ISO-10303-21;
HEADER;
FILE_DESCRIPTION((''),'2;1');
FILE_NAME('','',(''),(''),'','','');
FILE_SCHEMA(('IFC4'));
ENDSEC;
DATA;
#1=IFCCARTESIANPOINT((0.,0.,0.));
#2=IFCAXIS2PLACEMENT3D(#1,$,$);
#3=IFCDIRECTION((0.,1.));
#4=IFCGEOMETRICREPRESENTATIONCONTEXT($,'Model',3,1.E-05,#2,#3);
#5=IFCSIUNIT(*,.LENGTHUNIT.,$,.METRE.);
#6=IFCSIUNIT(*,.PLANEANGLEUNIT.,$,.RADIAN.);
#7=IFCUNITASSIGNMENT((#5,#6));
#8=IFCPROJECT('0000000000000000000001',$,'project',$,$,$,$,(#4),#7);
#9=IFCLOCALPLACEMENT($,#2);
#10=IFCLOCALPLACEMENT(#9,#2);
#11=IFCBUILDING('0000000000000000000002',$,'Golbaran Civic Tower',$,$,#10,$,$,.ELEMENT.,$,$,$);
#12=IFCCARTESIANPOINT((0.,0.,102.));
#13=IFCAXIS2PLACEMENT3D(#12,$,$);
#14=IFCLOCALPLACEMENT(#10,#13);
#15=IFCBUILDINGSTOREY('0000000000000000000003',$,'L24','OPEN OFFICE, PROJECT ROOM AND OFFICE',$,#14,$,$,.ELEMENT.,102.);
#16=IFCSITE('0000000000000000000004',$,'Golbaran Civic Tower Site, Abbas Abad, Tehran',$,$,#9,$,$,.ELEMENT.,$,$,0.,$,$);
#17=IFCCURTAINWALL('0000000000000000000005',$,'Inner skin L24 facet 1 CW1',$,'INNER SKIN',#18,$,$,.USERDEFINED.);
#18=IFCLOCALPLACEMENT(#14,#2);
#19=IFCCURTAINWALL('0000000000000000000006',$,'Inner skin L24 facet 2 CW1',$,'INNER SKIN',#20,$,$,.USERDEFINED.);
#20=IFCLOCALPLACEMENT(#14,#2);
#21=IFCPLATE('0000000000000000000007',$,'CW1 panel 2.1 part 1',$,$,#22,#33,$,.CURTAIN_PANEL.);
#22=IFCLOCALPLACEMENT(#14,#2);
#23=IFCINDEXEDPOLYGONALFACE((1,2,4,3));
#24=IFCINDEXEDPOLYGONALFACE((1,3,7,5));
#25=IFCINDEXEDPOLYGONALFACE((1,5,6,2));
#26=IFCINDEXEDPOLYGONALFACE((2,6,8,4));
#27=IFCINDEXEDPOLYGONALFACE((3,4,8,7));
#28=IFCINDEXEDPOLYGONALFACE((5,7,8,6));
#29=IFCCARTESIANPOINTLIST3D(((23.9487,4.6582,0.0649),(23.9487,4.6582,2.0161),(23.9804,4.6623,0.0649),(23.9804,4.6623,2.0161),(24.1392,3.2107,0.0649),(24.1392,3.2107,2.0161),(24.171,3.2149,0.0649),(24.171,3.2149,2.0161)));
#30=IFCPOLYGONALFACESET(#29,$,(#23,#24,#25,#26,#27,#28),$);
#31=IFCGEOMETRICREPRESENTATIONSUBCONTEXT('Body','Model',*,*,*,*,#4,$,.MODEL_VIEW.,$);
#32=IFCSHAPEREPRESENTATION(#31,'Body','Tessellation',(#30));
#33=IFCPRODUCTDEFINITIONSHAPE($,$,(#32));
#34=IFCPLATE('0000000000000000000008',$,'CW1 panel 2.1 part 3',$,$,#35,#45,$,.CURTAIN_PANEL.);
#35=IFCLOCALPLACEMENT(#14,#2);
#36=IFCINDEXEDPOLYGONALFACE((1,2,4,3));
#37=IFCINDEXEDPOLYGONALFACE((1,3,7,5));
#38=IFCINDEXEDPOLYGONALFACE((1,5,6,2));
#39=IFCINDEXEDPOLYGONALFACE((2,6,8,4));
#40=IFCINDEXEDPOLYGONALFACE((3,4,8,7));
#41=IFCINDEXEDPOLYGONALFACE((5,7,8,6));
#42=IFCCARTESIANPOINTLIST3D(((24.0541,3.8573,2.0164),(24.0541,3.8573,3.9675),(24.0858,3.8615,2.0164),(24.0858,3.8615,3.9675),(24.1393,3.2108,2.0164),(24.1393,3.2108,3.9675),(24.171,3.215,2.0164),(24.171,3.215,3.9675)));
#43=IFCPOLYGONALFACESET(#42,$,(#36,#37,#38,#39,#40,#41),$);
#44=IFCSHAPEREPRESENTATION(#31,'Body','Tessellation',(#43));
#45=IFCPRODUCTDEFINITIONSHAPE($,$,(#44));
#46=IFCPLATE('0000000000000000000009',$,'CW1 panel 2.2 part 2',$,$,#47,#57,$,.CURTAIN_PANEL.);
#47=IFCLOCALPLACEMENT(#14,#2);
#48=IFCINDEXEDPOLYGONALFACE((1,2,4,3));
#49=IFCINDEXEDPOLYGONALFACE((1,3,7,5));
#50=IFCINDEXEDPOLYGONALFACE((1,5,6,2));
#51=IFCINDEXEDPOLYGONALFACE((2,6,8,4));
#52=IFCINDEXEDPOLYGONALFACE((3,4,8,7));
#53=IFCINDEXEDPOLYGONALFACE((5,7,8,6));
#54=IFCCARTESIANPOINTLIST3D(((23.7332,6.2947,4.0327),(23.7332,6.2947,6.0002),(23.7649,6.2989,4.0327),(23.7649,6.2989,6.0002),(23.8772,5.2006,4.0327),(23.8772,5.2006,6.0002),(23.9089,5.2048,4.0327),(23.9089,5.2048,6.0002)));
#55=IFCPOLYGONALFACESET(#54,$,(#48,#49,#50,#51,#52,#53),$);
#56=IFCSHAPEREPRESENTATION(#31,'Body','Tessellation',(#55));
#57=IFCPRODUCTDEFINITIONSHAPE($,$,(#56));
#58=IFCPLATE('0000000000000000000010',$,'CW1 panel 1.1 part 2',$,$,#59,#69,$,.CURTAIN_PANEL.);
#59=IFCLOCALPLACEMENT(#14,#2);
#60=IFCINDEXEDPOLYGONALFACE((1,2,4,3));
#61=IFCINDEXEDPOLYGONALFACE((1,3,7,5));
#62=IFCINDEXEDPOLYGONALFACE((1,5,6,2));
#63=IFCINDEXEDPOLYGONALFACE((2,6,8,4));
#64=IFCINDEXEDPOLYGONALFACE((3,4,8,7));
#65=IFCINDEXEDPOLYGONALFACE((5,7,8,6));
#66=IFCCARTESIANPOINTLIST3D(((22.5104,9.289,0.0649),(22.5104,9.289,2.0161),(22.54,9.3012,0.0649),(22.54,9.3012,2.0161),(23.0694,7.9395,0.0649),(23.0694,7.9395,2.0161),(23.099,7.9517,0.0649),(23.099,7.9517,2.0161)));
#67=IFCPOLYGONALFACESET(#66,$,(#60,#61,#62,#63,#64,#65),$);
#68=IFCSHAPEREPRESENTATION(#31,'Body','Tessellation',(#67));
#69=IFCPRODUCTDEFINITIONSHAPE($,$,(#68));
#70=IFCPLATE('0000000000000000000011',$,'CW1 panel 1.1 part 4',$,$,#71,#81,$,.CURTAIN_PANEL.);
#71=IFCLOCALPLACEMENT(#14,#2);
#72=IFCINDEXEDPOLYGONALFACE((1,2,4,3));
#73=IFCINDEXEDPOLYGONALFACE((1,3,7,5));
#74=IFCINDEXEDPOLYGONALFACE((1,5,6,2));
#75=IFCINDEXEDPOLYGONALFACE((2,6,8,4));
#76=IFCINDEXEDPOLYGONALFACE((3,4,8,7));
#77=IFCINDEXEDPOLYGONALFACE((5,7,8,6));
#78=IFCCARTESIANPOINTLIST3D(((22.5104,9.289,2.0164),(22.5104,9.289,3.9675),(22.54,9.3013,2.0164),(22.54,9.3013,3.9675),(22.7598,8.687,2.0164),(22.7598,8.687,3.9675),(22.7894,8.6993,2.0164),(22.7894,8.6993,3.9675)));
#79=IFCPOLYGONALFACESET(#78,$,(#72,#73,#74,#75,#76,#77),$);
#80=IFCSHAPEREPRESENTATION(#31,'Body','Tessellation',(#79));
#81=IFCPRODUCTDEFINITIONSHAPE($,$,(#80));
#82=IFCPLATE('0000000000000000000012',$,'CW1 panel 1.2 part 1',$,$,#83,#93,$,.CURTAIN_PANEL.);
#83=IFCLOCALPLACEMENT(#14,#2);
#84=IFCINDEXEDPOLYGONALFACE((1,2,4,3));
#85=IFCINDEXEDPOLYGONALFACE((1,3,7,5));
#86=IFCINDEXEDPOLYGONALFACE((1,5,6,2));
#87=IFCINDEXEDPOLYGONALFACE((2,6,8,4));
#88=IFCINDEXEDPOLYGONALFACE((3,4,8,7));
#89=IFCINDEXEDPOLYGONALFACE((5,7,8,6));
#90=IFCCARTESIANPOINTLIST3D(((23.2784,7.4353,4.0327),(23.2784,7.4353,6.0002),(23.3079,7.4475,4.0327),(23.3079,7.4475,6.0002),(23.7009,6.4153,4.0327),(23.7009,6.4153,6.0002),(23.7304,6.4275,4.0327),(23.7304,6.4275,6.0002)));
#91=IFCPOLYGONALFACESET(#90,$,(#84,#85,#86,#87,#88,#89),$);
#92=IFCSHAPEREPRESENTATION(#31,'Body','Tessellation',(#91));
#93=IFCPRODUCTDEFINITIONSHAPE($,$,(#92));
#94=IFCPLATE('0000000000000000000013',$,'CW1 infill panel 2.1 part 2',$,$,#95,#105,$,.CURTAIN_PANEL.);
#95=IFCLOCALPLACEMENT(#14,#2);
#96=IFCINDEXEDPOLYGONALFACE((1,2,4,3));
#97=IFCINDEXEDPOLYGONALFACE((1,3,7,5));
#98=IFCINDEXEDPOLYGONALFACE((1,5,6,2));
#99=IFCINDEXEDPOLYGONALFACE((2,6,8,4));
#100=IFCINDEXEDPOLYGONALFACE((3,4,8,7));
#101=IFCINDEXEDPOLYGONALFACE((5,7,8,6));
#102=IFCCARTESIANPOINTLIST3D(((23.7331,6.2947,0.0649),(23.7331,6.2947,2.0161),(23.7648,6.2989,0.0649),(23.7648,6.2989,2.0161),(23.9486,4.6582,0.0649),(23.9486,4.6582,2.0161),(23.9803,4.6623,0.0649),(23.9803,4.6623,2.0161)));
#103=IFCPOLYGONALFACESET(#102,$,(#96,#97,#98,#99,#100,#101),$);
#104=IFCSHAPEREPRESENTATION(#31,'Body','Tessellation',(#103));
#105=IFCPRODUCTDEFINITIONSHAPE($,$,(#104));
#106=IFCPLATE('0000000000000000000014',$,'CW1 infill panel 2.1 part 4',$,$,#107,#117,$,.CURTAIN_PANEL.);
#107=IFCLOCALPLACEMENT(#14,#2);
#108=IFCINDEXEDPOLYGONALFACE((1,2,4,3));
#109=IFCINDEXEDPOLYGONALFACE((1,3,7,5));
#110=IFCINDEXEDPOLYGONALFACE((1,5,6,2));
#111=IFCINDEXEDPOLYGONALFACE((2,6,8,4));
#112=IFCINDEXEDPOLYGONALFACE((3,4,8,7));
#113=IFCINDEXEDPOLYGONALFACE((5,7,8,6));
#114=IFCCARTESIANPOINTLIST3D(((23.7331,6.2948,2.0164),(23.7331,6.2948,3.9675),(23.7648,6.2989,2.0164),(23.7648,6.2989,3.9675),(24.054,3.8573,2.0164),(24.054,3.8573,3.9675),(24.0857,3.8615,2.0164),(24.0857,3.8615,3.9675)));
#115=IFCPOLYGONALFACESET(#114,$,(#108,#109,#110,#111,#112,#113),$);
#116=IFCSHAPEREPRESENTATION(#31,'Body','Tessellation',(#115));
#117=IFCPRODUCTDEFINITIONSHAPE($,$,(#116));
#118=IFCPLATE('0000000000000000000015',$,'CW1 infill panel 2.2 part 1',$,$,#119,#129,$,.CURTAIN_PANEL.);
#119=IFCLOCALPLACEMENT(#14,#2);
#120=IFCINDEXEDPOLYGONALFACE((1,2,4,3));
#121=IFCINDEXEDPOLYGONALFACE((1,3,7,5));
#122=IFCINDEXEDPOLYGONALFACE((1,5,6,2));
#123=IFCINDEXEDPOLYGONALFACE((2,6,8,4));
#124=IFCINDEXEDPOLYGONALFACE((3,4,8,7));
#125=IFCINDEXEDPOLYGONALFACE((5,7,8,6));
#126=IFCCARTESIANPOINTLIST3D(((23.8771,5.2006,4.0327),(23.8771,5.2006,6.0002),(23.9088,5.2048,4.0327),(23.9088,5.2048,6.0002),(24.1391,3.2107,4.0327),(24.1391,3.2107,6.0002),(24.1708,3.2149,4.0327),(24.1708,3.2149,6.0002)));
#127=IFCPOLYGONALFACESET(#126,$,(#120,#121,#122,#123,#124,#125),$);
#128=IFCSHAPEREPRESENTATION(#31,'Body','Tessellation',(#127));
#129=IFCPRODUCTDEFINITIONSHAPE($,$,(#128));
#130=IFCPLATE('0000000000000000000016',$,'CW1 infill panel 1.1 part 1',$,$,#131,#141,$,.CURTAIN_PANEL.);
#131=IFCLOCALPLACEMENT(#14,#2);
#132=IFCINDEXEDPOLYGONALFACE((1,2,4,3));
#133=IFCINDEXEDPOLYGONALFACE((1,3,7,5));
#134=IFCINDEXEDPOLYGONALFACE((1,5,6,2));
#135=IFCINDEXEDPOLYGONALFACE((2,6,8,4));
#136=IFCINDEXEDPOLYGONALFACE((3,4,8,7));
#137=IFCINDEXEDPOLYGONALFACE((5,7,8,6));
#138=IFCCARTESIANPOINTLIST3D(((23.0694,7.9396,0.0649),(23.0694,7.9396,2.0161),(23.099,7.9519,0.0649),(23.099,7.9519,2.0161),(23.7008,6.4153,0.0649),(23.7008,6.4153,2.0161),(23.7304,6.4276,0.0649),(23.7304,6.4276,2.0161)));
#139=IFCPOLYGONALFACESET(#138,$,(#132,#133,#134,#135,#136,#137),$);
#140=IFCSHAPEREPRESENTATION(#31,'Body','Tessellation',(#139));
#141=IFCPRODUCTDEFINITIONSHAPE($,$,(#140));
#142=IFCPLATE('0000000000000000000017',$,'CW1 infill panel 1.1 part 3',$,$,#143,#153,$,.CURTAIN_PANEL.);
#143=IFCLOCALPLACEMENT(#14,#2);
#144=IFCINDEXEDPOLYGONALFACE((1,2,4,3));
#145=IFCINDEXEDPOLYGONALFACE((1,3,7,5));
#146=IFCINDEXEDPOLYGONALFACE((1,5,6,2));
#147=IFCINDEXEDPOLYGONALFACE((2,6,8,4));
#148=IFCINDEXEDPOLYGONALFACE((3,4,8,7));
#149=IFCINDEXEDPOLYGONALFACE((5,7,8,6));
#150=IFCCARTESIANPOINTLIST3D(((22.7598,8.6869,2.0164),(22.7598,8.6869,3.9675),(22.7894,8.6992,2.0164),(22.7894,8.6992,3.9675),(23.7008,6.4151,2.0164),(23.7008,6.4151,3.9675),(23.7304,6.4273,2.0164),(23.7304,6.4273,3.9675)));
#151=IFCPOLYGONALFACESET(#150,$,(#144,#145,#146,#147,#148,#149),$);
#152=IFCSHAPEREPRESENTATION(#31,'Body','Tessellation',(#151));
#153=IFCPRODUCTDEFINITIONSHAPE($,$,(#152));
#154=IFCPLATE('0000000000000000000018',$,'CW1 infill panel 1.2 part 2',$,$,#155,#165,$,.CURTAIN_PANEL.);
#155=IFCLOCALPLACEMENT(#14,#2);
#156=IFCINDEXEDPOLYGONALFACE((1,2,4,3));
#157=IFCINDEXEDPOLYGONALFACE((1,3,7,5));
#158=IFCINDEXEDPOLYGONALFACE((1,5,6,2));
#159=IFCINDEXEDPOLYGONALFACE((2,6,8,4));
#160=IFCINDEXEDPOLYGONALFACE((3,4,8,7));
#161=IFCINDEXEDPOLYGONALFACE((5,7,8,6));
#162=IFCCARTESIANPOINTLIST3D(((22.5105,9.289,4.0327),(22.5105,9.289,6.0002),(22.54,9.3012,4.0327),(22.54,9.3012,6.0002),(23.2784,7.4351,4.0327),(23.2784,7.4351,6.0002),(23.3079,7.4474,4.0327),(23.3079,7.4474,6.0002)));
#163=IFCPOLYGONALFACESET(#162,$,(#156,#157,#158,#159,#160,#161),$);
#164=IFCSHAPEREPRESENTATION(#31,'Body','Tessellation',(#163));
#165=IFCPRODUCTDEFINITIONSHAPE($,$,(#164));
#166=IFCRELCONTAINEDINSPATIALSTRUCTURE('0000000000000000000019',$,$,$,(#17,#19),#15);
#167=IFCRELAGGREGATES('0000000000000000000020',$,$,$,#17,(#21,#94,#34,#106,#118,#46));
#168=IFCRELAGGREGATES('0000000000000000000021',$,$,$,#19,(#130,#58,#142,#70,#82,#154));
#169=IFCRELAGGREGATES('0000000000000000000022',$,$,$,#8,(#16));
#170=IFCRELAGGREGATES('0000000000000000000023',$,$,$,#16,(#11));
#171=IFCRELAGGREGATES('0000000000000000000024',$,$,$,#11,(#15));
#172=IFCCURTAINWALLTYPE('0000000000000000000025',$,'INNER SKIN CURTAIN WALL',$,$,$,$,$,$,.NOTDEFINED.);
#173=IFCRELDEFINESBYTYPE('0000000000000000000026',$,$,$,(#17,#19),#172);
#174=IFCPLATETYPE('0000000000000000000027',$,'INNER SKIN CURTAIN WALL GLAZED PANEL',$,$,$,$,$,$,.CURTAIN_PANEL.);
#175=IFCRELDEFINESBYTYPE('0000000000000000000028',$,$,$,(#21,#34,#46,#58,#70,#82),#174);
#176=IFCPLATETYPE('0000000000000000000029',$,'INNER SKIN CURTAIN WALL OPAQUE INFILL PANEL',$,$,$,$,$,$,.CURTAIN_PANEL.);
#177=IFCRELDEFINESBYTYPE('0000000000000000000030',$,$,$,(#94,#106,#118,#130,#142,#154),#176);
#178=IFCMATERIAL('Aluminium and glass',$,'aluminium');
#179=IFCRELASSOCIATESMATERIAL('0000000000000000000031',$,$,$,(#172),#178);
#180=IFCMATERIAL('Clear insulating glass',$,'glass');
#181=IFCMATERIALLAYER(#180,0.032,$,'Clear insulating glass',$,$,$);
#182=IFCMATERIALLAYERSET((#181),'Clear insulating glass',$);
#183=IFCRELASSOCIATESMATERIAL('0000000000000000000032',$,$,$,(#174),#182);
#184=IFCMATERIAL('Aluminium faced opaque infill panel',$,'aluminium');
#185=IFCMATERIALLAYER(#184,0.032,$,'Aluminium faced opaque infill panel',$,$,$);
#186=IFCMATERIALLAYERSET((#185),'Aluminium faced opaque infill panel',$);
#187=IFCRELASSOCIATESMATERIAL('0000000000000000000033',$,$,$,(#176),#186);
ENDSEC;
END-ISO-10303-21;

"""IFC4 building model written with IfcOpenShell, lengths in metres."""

from ifc_helpers import new_model, si_unit, direction, frame, origin, origin_2d, place, context, subcontext, project, spatial, rectangle, extrude, material, layer, layer_set, type_object, element, aggregate, save


model = new_model("IFC4")

# Units and contexts
model_context = context("Model", 3, precision=1e-05, world=origin(), true_north=direction((0.0, 1.0)))
body_context = subcontext(model_context, "Body", "Model", "MODEL_VIEW")
ifc_project = project(units=[si_unit("LENGTHUNIT", "METRE"), si_unit("PLANEANGLEUNIT", "RADIAN")], contexts=[model_context])

# Site, building, storey
site_placement = place(None, origin())
site = spatial("IfcSite", under=ifc_project, at=site_placement, Name="Golbaran Civic Tower Site, Abbas Abad, Tehran", CompositionType="ELEMENT", RefElevation=0.0)
building_placement = place(site_placement, origin())
building = spatial("IfcBuilding", under=site, at=building_placement, Name="Golbaran Civic Tower", CompositionType="ELEMENT")
storey_placement = place(building_placement, frame((0.0, 0.0, 102.0)))
storey = spatial("IfcBuildingStorey", under=building, at=storey_placement, Name="L24", Description="OPEN OFFICE, PROJECT ROOM AND OFFICE", CompositionType="ELEMENT", Elevation=102.0)

# Curtain wall
ifc_material_1 = material(Name="Aluminium and glass", Category="aluminium")
curtain_wall_type = type_object("IfcCurtainWallType", Name="INNER SKIN CURTAIN WALL", PredefinedType="NOTDEFINED", material=ifc_material_1)
curtain_wall_1_placement = place(storey_placement, origin())
curtain_wall_1 = element("IfcCurtainWall", 1, at=curtain_wall_1_placement, inside=storey, type_object=curtain_wall_type, Name="Inner skin L24 facet 1 CW1", ObjectType="INNER SKIN", PredefinedType="USERDEFINED")

# Curtain wall
curtain_wall_2_placement = place(storey_placement, origin())
curtain_wall_2 = element("IfcCurtainWall", 2, at=curtain_wall_2_placement, inside=storey, type_object=curtain_wall_type, Name="Inner skin L24 facet 2 CW1", ObjectType="INNER SKIN", PredefinedType="USERDEFINED")

# Plates
ifc_material_2 = material(Name="Clear insulating glass", Category="glass")
ifc_layer_1 = layer(ifc_material_2, 0.032, Name="Clear insulating glass")
ifc_layer_set_1 = layer_set([ifc_layer_1], Name="Clear insulating glass")
plate_type_1 = type_object("IfcPlateType", Name="INNER SKIN CURTAIN WALL GLAZED PANEL", PredefinedType="CURTAIN_PANEL", material=ifc_layer_set_1)
plate_1_placement = place(storey_placement, frame((24.0598, 3.9365, 0.0649), z_axis=(0.0, 0.0, 1.0), x_axis=(-0.130526, 0.991445, 0.0)))
plate_1 = element("IfcPlate", 3, at=plate_1_placement, type_object=plate_type_1, Name="CW1 panel 2.1 part 1", PredefinedType="CURTAIN_PANEL", context=body_context, shape_type="SweptSolid", body=[
    extrude(rectangle(XDim=1.46, YDim=0.032, at=origin_2d()), origin(), (0.0, 0.0, 1.0), 1.9512),
])
plate_2_placement = place(storey_placement, frame((24.1125, 3.5361, 2.0164), z_axis=(0.0, 0.0, 1.0), x_axis=(-0.130526, 0.991445, 0.0)))
plate_2 = element("IfcPlate", 4, at=plate_2_placement, type_object=plate_type_1, Name="CW1 panel 2.1 part 3", PredefinedType="CURTAIN_PANEL", context=body_context, shape_type="SweptSolid", body=[
    extrude(rectangle(XDim=0.6521, YDim=0.032, at=origin_2d()), origin(), (0.0, 0.0, 1.0), 1.9512),
])
plate_3_placement = place(storey_placement, frame((23.821, 5.7498, 4.0327), z_axis=(0.0, 0.0, 1.0), x_axis=(-0.130526, 0.991445, 0.0)))
plate_3 = element("IfcPlate", 5, at=plate_3_placement, type_object=plate_type_1, Name="CW1 panel 2.2 part 2", PredefinedType="CURTAIN_PANEL", context=body_context, shape_type="SweptSolid", body=[
    extrude(rectangle(XDim=1.1035, YDim=0.032, at=origin_2d()), origin(), (0.0, 0.0, 1.0), 1.9675),
])
plate_4_placement = place(storey_placement, frame((22.8047, 8.6204, 0.0649), z_axis=(0.0, 0.0, 1.0), x_axis=(-0.382683, 0.92388, 0.0)))
plate_4 = element("IfcPlate", 6, at=plate_4_placement, type_object=plate_type_1, Name="CW1 panel 1.1 part 2", PredefinedType="CURTAIN_PANEL", context=body_context, shape_type="SweptSolid", body=[
    extrude(rectangle(XDim=1.4607, YDim=0.032, at=origin_2d()), origin(), (0.0, 0.0, 1.0), 1.9512),
])
plate_5_placement = place(storey_placement, frame((22.6499, 8.9941, 2.0164), z_axis=(0.0, 0.0, 1.0), x_axis=(-0.382683, 0.92388, 0.0)))
plate_5 = element("IfcPlate", 7, at=plate_5_placement, type_object=plate_type_1, Name="CW1 panel 1.1 part 4", PredefinedType="CURTAIN_PANEL", context=body_context, shape_type="SweptSolid", body=[
    extrude(rectangle(XDim=0.6516, YDim=0.032, at=origin_2d()), origin(), (0.0, 0.0, 1.0), 1.9512),
])
plate_6_placement = place(storey_placement, frame((23.5044, 6.9314, 4.0327), z_axis=(0.0, 0.0, 1.0), x_axis=(-0.382683, 0.92388, 0.0)))
plate_6 = element("IfcPlate", 8, at=plate_6_placement, type_object=plate_type_1, Name="CW1 panel 1.2 part 1", PredefinedType="CURTAIN_PANEL", context=body_context, shape_type="SweptSolid", body=[
    extrude(rectangle(XDim=1.104, YDim=0.032, at=origin_2d()), origin(), (0.0, 0.0, 1.0), 1.9675),
])
ifc_material_3 = material(Name="Aluminium faced opaque infill panel", Category="aluminium")
ifc_layer_2 = layer(ifc_material_3, 0.032, Name="Aluminium faced opaque infill panel")
ifc_layer_set_2 = layer_set([ifc_layer_2], Name="Aluminium faced opaque infill panel")
plate_type_2 = type_object("IfcPlateType", Name="INNER SKIN CURTAIN WALL OPAQUE INFILL PANEL", PredefinedType="CURTAIN_PANEL", material=ifc_layer_set_2)
plate_7_placement = place(storey_placement, frame((23.8567, 5.4785, 0.0649), z_axis=(0.0, 0.0, 1.0), x_axis=(-0.130526, 0.991445, 0.0)))
plate_7 = element("IfcPlate", 9, at=plate_7_placement, type_object=plate_type_2, Name="CW1 infill panel 2.1 part 2", PredefinedType="CURTAIN_PANEL", context=body_context, shape_type="SweptSolid", body=[
    extrude(rectangle(XDim=1.6506, YDim=0.032, at=origin_2d()), origin(), (0.0, 0.0, 1.0), 1.9512),
])
plate_8_placement = place(storey_placement, frame((23.9094, 5.0781, 2.0164), z_axis=(0.0, 0.0, 1.0), x_axis=(-0.130526, 0.991445, 0.0)))
plate_8 = element("IfcPlate", 10, at=plate_8_placement, type_object=plate_type_2, Name="CW1 infill panel 2.1 part 4", PredefinedType="CURTAIN_PANEL", context=body_context, shape_type="SweptSolid", body=[
    extrude(rectangle(XDim=2.4585, YDim=0.032, at=origin_2d()), origin(), (0.0, 0.0, 1.0), 1.9512),
])
plate_9_placement = place(storey_placement, frame((24.0239, 4.2078, 4.0327), z_axis=(0.0, 0.0, 1.0), x_axis=(-0.130526, 0.991445, 0.0)))
plate_9 = element("IfcPlate", 11, at=plate_9_placement, type_object=plate_type_2, Name="CW1 infill panel 2.2 part 1", PredefinedType="CURTAIN_PANEL", context=body_context, shape_type="SweptSolid", body=[
    extrude(rectangle(XDim=2.0071, YDim=0.032, at=origin_2d()), origin(), (0.0, 0.0, 1.0), 1.9675),
])
aggregate(curtain_wall_1, [plate_1, plate_7, plate_2, plate_8, plate_9, plate_3])
plate_10_placement = place(storey_placement, frame((23.3999, 7.1836, 0.0649), z_axis=(0.0, 0.0, 1.0), x_axis=(-0.382683, 0.92388, 0.0)))
plate_10 = element("IfcPlate", 12, at=plate_10_placement, type_object=plate_type_2, Name="CW1 infill panel 1.1 part 1", PredefinedType="CURTAIN_PANEL", context=body_context, shape_type="SweptSolid", body=[
    extrude(rectangle(XDim=1.6499, YDim=0.032, at=origin_2d()), origin(), (0.0, 0.0, 1.0), 1.9512),
])
plate_11_placement = place(storey_placement, frame((23.2451, 7.5571, 2.0164), z_axis=(0.0, 0.0, 1.0), x_axis=(-0.382683, 0.92388, 0.0)))
plate_11 = element("IfcPlate", 13, at=plate_11_placement, type_object=plate_type_2, Name="CW1 infill panel 1.1 part 3", PredefinedType="CURTAIN_PANEL", context=body_context, shape_type="SweptSolid", body=[
    extrude(rectangle(XDim=2.459, YDim=0.032, at=origin_2d()), origin(), (0.0, 0.0, 1.0), 1.9512),
])
plate_12_placement = place(storey_placement, frame((22.9092, 8.3682, 4.0327), z_axis=(0.0, 0.0, 1.0), x_axis=(-0.382683, 0.92388, 0.0)))
plate_12 = element("IfcPlate", 14, at=plate_12_placement, type_object=plate_type_2, Name="CW1 infill panel 1.2 part 2", PredefinedType="CURTAIN_PANEL", context=body_context, shape_type="SweptSolid", body=[
    extrude(rectangle(XDim=2.0066, YDim=0.032, at=origin_2d()), origin(), (0.0, 0.0, 1.0), 1.9675),
])
aggregate(curtain_wall_2, [plate_10, plate_4, plate_11, plate_5, plate_6, plate_12])

save(model, "model.ifc")
